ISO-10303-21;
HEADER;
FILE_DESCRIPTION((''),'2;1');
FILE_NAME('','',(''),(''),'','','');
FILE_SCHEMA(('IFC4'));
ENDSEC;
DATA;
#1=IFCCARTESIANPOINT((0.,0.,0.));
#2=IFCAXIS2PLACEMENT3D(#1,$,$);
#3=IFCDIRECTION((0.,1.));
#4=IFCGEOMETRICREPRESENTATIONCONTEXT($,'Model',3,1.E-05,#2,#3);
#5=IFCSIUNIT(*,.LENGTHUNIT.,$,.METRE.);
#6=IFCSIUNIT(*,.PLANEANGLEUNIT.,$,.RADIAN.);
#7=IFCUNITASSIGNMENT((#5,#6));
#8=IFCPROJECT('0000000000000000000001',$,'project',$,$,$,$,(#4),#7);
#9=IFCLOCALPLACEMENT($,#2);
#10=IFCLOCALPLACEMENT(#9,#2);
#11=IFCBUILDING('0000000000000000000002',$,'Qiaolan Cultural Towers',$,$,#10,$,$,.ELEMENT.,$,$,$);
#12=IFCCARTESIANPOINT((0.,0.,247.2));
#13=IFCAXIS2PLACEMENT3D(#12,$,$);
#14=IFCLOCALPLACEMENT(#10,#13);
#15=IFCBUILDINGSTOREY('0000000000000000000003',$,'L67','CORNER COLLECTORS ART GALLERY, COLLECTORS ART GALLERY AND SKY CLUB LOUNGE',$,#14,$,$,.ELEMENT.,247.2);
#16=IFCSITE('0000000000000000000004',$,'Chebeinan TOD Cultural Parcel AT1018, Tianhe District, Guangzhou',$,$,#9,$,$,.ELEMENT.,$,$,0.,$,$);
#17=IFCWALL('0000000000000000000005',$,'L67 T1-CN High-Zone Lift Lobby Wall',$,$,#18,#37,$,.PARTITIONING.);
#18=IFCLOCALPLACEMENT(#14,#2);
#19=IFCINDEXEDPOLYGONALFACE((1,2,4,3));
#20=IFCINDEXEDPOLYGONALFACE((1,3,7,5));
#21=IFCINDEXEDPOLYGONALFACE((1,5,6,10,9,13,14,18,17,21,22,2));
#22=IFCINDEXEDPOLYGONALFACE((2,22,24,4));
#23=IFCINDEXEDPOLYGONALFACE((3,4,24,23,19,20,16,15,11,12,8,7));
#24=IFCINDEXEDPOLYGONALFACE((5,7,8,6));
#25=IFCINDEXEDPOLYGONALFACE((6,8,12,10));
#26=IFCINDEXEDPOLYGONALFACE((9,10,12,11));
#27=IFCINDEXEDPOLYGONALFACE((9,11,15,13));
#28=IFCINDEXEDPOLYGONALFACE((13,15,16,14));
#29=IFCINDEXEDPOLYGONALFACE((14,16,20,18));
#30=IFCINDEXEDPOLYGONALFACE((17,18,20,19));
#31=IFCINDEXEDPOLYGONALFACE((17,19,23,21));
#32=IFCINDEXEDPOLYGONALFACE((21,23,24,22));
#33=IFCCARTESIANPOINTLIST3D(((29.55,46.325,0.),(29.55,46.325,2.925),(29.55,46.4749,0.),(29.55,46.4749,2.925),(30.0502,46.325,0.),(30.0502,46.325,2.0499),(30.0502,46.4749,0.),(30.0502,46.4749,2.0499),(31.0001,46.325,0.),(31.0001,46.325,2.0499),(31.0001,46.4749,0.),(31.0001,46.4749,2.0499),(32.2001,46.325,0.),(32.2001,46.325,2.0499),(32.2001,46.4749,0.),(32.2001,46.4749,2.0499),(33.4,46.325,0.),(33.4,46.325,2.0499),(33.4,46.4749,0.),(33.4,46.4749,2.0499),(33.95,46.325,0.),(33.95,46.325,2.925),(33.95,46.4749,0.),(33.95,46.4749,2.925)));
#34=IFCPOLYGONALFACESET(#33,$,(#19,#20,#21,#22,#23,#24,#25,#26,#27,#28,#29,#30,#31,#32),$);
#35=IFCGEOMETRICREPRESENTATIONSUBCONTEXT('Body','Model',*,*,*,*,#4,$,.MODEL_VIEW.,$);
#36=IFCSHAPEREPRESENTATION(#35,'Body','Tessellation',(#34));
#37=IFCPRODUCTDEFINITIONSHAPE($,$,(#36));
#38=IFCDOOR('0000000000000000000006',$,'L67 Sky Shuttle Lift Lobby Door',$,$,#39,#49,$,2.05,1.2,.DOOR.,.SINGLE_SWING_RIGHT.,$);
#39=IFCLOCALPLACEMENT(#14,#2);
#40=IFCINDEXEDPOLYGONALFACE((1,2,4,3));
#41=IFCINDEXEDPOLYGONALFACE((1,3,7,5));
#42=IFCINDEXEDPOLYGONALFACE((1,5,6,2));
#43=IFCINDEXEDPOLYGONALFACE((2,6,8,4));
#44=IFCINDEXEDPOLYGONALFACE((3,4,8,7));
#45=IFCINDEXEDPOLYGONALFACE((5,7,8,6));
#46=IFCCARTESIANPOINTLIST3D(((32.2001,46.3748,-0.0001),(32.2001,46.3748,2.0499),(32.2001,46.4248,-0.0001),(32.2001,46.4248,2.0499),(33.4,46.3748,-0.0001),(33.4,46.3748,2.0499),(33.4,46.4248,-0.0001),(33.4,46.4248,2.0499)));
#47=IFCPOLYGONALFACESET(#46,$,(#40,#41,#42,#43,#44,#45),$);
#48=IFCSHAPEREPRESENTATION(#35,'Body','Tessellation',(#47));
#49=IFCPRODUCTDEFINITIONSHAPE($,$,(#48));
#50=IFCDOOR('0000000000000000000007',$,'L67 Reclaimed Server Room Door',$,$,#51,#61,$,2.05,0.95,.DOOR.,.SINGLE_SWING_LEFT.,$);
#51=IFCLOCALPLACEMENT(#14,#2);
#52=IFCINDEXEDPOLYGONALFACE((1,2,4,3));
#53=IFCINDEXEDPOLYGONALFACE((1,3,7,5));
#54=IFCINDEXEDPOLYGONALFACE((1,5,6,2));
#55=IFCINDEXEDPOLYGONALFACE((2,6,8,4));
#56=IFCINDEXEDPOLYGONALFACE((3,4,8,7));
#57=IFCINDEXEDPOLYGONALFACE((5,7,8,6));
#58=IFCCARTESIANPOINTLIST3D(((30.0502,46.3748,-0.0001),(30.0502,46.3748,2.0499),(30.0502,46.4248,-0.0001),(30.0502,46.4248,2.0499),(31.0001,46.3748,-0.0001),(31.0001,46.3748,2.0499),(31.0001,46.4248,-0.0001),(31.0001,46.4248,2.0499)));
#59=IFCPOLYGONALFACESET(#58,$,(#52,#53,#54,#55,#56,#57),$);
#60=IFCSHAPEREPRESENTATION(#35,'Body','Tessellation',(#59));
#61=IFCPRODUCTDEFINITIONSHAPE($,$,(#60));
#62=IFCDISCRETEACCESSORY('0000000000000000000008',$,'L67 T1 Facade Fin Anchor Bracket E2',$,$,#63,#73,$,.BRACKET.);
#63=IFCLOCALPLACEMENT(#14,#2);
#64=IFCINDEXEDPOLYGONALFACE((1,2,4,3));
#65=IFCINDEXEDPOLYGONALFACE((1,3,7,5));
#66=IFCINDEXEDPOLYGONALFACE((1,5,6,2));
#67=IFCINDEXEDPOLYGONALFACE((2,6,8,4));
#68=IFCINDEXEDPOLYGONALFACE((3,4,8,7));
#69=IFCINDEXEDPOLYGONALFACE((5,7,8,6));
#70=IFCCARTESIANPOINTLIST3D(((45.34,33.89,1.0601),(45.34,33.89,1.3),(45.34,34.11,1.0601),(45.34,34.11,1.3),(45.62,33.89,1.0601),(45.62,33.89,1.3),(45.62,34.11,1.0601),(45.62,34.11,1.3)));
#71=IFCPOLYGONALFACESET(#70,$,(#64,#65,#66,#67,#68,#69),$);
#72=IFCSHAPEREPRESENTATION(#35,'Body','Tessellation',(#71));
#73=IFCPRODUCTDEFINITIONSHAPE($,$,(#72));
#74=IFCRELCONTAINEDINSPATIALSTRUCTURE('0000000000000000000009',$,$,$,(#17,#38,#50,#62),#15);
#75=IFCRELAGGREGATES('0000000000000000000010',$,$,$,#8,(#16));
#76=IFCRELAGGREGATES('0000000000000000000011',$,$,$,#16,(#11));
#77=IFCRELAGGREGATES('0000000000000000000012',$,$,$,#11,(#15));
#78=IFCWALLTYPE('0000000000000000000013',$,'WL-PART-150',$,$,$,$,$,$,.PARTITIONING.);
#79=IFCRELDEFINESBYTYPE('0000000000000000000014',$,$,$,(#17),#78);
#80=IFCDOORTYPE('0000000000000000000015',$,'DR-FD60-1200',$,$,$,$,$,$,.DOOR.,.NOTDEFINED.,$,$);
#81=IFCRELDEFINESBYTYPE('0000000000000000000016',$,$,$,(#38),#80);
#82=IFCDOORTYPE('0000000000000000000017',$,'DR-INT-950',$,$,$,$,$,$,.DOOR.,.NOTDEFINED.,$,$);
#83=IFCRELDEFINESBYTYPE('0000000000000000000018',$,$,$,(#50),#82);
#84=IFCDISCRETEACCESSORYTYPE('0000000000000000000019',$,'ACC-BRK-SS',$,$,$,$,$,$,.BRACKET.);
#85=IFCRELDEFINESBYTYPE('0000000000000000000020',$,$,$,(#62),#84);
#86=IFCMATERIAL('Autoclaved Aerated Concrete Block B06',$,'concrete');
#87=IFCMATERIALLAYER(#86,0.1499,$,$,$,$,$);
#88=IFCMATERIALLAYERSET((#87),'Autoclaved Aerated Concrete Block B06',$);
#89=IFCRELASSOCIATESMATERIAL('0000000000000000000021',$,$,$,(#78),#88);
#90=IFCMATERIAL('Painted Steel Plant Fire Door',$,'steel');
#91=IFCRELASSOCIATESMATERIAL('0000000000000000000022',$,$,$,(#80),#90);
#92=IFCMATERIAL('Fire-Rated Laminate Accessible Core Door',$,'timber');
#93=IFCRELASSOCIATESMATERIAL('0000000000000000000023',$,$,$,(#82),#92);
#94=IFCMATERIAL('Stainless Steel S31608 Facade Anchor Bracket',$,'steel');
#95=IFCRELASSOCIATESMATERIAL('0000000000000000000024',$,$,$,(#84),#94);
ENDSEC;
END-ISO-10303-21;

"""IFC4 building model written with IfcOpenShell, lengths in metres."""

from ifc_helpers import new_model, si_unit, direction, frame, frame_2d, origin, origin_2d, place, context, subcontext, project, spatial, rectangle, extrude, material, layer, layer_set, type_object, element, fill, save


model = new_model("IFC4")

# Units and contexts
model_context = context("Model", 3, precision=1e-05, world=origin(), true_north=direction((0.0, 1.0)))
body_context = subcontext(model_context, "Body", "Model", "MODEL_VIEW")
ifc_project = project(units=[si_unit("LENGTHUNIT", "METRE"), si_unit("PLANEANGLEUNIT", "RADIAN")], contexts=[model_context])

# Site, building, storey
site_placement = place(None, origin())
site = spatial("IfcSite", under=ifc_project, at=site_placement, Name="Chebeinan TOD Cultural Parcel AT1018, Tianhe District, Guangzhou", CompositionType="ELEMENT", RefElevation=0.0)
building_placement = place(site_placement, origin())
building = spatial("IfcBuilding", under=site, at=building_placement, Name="Qiaolan Cultural Towers", CompositionType="ELEMENT")
storey_placement = place(building_placement, frame((0.0, 0.0, 247.2)))
storey = spatial("IfcBuildingStorey", under=building, at=storey_placement, Name="L67", Description="CORNER COLLECTORS ART GALLERY, COLLECTORS ART GALLERY AND SKY CLUB LOUNGE", CompositionType="ELEMENT", Elevation=247.2)

# Wall, openings, doors
ifc_material_1 = material(Name="Autoclaved Aerated Concrete Block B06", Category="concrete")
ifc_layer_1 = layer(ifc_material_1, 0.1499)
ifc_layer_set_1 = layer_set([ifc_layer_1], Name="Autoclaved Aerated Concrete Block B06")
wall_type_1 = type_object("IfcWallType", Name="WL-PART-150", PredefinedType="PARTITIONING", material=ifc_layer_set_1)
wall_1_placement = place(storey_placement, frame((29.55, 46.3999, 0.0), z_axis=(0.0, 0.0, 1.0), x_axis=(1.0, 0.0, 0.0)))
wall_1 = element("IfcWall", 1, at=wall_1_placement, inside=storey, type_object=wall_type_1, Name="L67 T1-CN High-Zone Lift Lobby Wall", PredefinedType="PARTITIONING", context=body_context, shape_type="SweptSolid", body=[
    extrude(rectangle(XDim=4.3999, YDim=0.1499, at=frame_2d((2.2, 0.0))), origin(), (0.0, 0.0, 1.0), 2.925),
])
opening_1_placement = place(wall_1_placement, frame((0.5, 0.0, 0.0)))
opening_1 = element("IfcOpeningElement", 2, at=opening_1_placement, cuts=wall_1, PredefinedType="OPENING", context=body_context, shape_type="SweptSolid", body=[
    extrude(rectangle(XDim=0.95, YDim=2.05, at=frame_2d((0.4751, 1.0249))), frame((0.0, 0.085, 0.0), z_axis=(0.0, -1.0, 0.0), x_axis=(1.0, 0.0, 0.0)), (0.0, 0.0, 1.0), 0.1699),
])
opening_2_placement = place(wall_1_placement, frame((2.6499, 0.0, 0.0)))
opening_2 = element("IfcOpeningElement", 3, at=opening_2_placement, cuts=wall_1, PredefinedType="OPENING", context=body_context, shape_type="SweptSolid", body=[
    extrude(rectangle(XDim=1.2, YDim=2.05, at=frame_2d((0.6001, 1.0249))), frame((0.0, 0.085, 0.0), z_axis=(0.0, -1.0, 0.0), x_axis=(1.0, 0.0, 0.0)), (0.0, 0.0, 1.0), 0.1699),
])
ifc_material_2 = material(Name="Painted Steel Plant Fire Door", Category="steel")
door_type_1 = type_object("IfcDoorType", Name="DR-FD60-1200", OperationType="NOTDEFINED", PredefinedType="DOOR", material=ifc_material_2)
door_1_placement = place(opening_2_placement, origin())
door_1 = element("IfcDoor", 4, at=door_1_placement, inside=storey, type_object=door_type_1, Name="L67 Sky Shuttle Lift Lobby Door", OperationType="SINGLE_SWING_RIGHT", OverallHeight=2.05, OverallWidth=1.2, PredefinedType="DOOR", context=body_context, shape_type="SweptSolid", body=[
    extrude(rectangle(XDim=1.2, YDim=2.05, at=frame_2d((0.6001, 1.0249))), frame((0.0, 0.0249, 0.0), z_axis=(0.0, -1.0, 0.0), x_axis=(1.0, 0.0, 0.0)), (0.0, 0.0, 1.0), 0.05),
])
fill(opening_2, door_1)
ifc_material_3 = material(Name="Fire-Rated Laminate Accessible Core Door", Category="timber")
door_type_2 = type_object("IfcDoorType", Name="DR-INT-950", OperationType="NOTDEFINED", PredefinedType="DOOR", material=ifc_material_3)
door_2_placement = place(opening_1_placement, origin())
door_2 = element("IfcDoor", 5, at=door_2_placement, inside=storey, type_object=door_type_2, Name="L67 Reclaimed Server Room Door", OperationType="SINGLE_SWING_LEFT", OverallHeight=2.05, OverallWidth=0.95, PredefinedType="DOOR", context=body_context, shape_type="SweptSolid", body=[
    extrude(rectangle(XDim=0.95, YDim=2.05, at=frame_2d((0.4751, 1.0249))), frame((0.0, 0.0249, 0.0), z_axis=(0.0, -1.0, 0.0), x_axis=(1.0, 0.0, 0.0)), (0.0, 0.0, 1.0), 0.05),
])
fill(opening_1, door_2)

# Discrete accessory
ifc_material_4 = material(Name="Stainless Steel S31608 Facade Anchor Bracket", Category="steel")
discrete_accessory_type = type_object("IfcDiscreteAccessoryType", Name="ACC-BRK-SS", PredefinedType="BRACKET", material=ifc_material_4)
discrete_accessory_placement = place(storey_placement, frame((45.48, 34.0, 1.0601), z_axis=(0.0, 0.0, 1.0), x_axis=(1.0, 0.0, 0.0)))
element("IfcDiscreteAccessory", 6, at=discrete_accessory_placement, inside=storey, type_object=discrete_accessory_type, Name="L67 T1 Facade Fin Anchor Bracket E2", PredefinedType="BRACKET", context=body_context, shape_type="SweptSolid", body=[
    extrude(rectangle(XDim=0.28, YDim=0.22, at=origin_2d()), origin(), (0.0, 0.0, 1.0), 0.24),
])

save(model, "model.ifc")
